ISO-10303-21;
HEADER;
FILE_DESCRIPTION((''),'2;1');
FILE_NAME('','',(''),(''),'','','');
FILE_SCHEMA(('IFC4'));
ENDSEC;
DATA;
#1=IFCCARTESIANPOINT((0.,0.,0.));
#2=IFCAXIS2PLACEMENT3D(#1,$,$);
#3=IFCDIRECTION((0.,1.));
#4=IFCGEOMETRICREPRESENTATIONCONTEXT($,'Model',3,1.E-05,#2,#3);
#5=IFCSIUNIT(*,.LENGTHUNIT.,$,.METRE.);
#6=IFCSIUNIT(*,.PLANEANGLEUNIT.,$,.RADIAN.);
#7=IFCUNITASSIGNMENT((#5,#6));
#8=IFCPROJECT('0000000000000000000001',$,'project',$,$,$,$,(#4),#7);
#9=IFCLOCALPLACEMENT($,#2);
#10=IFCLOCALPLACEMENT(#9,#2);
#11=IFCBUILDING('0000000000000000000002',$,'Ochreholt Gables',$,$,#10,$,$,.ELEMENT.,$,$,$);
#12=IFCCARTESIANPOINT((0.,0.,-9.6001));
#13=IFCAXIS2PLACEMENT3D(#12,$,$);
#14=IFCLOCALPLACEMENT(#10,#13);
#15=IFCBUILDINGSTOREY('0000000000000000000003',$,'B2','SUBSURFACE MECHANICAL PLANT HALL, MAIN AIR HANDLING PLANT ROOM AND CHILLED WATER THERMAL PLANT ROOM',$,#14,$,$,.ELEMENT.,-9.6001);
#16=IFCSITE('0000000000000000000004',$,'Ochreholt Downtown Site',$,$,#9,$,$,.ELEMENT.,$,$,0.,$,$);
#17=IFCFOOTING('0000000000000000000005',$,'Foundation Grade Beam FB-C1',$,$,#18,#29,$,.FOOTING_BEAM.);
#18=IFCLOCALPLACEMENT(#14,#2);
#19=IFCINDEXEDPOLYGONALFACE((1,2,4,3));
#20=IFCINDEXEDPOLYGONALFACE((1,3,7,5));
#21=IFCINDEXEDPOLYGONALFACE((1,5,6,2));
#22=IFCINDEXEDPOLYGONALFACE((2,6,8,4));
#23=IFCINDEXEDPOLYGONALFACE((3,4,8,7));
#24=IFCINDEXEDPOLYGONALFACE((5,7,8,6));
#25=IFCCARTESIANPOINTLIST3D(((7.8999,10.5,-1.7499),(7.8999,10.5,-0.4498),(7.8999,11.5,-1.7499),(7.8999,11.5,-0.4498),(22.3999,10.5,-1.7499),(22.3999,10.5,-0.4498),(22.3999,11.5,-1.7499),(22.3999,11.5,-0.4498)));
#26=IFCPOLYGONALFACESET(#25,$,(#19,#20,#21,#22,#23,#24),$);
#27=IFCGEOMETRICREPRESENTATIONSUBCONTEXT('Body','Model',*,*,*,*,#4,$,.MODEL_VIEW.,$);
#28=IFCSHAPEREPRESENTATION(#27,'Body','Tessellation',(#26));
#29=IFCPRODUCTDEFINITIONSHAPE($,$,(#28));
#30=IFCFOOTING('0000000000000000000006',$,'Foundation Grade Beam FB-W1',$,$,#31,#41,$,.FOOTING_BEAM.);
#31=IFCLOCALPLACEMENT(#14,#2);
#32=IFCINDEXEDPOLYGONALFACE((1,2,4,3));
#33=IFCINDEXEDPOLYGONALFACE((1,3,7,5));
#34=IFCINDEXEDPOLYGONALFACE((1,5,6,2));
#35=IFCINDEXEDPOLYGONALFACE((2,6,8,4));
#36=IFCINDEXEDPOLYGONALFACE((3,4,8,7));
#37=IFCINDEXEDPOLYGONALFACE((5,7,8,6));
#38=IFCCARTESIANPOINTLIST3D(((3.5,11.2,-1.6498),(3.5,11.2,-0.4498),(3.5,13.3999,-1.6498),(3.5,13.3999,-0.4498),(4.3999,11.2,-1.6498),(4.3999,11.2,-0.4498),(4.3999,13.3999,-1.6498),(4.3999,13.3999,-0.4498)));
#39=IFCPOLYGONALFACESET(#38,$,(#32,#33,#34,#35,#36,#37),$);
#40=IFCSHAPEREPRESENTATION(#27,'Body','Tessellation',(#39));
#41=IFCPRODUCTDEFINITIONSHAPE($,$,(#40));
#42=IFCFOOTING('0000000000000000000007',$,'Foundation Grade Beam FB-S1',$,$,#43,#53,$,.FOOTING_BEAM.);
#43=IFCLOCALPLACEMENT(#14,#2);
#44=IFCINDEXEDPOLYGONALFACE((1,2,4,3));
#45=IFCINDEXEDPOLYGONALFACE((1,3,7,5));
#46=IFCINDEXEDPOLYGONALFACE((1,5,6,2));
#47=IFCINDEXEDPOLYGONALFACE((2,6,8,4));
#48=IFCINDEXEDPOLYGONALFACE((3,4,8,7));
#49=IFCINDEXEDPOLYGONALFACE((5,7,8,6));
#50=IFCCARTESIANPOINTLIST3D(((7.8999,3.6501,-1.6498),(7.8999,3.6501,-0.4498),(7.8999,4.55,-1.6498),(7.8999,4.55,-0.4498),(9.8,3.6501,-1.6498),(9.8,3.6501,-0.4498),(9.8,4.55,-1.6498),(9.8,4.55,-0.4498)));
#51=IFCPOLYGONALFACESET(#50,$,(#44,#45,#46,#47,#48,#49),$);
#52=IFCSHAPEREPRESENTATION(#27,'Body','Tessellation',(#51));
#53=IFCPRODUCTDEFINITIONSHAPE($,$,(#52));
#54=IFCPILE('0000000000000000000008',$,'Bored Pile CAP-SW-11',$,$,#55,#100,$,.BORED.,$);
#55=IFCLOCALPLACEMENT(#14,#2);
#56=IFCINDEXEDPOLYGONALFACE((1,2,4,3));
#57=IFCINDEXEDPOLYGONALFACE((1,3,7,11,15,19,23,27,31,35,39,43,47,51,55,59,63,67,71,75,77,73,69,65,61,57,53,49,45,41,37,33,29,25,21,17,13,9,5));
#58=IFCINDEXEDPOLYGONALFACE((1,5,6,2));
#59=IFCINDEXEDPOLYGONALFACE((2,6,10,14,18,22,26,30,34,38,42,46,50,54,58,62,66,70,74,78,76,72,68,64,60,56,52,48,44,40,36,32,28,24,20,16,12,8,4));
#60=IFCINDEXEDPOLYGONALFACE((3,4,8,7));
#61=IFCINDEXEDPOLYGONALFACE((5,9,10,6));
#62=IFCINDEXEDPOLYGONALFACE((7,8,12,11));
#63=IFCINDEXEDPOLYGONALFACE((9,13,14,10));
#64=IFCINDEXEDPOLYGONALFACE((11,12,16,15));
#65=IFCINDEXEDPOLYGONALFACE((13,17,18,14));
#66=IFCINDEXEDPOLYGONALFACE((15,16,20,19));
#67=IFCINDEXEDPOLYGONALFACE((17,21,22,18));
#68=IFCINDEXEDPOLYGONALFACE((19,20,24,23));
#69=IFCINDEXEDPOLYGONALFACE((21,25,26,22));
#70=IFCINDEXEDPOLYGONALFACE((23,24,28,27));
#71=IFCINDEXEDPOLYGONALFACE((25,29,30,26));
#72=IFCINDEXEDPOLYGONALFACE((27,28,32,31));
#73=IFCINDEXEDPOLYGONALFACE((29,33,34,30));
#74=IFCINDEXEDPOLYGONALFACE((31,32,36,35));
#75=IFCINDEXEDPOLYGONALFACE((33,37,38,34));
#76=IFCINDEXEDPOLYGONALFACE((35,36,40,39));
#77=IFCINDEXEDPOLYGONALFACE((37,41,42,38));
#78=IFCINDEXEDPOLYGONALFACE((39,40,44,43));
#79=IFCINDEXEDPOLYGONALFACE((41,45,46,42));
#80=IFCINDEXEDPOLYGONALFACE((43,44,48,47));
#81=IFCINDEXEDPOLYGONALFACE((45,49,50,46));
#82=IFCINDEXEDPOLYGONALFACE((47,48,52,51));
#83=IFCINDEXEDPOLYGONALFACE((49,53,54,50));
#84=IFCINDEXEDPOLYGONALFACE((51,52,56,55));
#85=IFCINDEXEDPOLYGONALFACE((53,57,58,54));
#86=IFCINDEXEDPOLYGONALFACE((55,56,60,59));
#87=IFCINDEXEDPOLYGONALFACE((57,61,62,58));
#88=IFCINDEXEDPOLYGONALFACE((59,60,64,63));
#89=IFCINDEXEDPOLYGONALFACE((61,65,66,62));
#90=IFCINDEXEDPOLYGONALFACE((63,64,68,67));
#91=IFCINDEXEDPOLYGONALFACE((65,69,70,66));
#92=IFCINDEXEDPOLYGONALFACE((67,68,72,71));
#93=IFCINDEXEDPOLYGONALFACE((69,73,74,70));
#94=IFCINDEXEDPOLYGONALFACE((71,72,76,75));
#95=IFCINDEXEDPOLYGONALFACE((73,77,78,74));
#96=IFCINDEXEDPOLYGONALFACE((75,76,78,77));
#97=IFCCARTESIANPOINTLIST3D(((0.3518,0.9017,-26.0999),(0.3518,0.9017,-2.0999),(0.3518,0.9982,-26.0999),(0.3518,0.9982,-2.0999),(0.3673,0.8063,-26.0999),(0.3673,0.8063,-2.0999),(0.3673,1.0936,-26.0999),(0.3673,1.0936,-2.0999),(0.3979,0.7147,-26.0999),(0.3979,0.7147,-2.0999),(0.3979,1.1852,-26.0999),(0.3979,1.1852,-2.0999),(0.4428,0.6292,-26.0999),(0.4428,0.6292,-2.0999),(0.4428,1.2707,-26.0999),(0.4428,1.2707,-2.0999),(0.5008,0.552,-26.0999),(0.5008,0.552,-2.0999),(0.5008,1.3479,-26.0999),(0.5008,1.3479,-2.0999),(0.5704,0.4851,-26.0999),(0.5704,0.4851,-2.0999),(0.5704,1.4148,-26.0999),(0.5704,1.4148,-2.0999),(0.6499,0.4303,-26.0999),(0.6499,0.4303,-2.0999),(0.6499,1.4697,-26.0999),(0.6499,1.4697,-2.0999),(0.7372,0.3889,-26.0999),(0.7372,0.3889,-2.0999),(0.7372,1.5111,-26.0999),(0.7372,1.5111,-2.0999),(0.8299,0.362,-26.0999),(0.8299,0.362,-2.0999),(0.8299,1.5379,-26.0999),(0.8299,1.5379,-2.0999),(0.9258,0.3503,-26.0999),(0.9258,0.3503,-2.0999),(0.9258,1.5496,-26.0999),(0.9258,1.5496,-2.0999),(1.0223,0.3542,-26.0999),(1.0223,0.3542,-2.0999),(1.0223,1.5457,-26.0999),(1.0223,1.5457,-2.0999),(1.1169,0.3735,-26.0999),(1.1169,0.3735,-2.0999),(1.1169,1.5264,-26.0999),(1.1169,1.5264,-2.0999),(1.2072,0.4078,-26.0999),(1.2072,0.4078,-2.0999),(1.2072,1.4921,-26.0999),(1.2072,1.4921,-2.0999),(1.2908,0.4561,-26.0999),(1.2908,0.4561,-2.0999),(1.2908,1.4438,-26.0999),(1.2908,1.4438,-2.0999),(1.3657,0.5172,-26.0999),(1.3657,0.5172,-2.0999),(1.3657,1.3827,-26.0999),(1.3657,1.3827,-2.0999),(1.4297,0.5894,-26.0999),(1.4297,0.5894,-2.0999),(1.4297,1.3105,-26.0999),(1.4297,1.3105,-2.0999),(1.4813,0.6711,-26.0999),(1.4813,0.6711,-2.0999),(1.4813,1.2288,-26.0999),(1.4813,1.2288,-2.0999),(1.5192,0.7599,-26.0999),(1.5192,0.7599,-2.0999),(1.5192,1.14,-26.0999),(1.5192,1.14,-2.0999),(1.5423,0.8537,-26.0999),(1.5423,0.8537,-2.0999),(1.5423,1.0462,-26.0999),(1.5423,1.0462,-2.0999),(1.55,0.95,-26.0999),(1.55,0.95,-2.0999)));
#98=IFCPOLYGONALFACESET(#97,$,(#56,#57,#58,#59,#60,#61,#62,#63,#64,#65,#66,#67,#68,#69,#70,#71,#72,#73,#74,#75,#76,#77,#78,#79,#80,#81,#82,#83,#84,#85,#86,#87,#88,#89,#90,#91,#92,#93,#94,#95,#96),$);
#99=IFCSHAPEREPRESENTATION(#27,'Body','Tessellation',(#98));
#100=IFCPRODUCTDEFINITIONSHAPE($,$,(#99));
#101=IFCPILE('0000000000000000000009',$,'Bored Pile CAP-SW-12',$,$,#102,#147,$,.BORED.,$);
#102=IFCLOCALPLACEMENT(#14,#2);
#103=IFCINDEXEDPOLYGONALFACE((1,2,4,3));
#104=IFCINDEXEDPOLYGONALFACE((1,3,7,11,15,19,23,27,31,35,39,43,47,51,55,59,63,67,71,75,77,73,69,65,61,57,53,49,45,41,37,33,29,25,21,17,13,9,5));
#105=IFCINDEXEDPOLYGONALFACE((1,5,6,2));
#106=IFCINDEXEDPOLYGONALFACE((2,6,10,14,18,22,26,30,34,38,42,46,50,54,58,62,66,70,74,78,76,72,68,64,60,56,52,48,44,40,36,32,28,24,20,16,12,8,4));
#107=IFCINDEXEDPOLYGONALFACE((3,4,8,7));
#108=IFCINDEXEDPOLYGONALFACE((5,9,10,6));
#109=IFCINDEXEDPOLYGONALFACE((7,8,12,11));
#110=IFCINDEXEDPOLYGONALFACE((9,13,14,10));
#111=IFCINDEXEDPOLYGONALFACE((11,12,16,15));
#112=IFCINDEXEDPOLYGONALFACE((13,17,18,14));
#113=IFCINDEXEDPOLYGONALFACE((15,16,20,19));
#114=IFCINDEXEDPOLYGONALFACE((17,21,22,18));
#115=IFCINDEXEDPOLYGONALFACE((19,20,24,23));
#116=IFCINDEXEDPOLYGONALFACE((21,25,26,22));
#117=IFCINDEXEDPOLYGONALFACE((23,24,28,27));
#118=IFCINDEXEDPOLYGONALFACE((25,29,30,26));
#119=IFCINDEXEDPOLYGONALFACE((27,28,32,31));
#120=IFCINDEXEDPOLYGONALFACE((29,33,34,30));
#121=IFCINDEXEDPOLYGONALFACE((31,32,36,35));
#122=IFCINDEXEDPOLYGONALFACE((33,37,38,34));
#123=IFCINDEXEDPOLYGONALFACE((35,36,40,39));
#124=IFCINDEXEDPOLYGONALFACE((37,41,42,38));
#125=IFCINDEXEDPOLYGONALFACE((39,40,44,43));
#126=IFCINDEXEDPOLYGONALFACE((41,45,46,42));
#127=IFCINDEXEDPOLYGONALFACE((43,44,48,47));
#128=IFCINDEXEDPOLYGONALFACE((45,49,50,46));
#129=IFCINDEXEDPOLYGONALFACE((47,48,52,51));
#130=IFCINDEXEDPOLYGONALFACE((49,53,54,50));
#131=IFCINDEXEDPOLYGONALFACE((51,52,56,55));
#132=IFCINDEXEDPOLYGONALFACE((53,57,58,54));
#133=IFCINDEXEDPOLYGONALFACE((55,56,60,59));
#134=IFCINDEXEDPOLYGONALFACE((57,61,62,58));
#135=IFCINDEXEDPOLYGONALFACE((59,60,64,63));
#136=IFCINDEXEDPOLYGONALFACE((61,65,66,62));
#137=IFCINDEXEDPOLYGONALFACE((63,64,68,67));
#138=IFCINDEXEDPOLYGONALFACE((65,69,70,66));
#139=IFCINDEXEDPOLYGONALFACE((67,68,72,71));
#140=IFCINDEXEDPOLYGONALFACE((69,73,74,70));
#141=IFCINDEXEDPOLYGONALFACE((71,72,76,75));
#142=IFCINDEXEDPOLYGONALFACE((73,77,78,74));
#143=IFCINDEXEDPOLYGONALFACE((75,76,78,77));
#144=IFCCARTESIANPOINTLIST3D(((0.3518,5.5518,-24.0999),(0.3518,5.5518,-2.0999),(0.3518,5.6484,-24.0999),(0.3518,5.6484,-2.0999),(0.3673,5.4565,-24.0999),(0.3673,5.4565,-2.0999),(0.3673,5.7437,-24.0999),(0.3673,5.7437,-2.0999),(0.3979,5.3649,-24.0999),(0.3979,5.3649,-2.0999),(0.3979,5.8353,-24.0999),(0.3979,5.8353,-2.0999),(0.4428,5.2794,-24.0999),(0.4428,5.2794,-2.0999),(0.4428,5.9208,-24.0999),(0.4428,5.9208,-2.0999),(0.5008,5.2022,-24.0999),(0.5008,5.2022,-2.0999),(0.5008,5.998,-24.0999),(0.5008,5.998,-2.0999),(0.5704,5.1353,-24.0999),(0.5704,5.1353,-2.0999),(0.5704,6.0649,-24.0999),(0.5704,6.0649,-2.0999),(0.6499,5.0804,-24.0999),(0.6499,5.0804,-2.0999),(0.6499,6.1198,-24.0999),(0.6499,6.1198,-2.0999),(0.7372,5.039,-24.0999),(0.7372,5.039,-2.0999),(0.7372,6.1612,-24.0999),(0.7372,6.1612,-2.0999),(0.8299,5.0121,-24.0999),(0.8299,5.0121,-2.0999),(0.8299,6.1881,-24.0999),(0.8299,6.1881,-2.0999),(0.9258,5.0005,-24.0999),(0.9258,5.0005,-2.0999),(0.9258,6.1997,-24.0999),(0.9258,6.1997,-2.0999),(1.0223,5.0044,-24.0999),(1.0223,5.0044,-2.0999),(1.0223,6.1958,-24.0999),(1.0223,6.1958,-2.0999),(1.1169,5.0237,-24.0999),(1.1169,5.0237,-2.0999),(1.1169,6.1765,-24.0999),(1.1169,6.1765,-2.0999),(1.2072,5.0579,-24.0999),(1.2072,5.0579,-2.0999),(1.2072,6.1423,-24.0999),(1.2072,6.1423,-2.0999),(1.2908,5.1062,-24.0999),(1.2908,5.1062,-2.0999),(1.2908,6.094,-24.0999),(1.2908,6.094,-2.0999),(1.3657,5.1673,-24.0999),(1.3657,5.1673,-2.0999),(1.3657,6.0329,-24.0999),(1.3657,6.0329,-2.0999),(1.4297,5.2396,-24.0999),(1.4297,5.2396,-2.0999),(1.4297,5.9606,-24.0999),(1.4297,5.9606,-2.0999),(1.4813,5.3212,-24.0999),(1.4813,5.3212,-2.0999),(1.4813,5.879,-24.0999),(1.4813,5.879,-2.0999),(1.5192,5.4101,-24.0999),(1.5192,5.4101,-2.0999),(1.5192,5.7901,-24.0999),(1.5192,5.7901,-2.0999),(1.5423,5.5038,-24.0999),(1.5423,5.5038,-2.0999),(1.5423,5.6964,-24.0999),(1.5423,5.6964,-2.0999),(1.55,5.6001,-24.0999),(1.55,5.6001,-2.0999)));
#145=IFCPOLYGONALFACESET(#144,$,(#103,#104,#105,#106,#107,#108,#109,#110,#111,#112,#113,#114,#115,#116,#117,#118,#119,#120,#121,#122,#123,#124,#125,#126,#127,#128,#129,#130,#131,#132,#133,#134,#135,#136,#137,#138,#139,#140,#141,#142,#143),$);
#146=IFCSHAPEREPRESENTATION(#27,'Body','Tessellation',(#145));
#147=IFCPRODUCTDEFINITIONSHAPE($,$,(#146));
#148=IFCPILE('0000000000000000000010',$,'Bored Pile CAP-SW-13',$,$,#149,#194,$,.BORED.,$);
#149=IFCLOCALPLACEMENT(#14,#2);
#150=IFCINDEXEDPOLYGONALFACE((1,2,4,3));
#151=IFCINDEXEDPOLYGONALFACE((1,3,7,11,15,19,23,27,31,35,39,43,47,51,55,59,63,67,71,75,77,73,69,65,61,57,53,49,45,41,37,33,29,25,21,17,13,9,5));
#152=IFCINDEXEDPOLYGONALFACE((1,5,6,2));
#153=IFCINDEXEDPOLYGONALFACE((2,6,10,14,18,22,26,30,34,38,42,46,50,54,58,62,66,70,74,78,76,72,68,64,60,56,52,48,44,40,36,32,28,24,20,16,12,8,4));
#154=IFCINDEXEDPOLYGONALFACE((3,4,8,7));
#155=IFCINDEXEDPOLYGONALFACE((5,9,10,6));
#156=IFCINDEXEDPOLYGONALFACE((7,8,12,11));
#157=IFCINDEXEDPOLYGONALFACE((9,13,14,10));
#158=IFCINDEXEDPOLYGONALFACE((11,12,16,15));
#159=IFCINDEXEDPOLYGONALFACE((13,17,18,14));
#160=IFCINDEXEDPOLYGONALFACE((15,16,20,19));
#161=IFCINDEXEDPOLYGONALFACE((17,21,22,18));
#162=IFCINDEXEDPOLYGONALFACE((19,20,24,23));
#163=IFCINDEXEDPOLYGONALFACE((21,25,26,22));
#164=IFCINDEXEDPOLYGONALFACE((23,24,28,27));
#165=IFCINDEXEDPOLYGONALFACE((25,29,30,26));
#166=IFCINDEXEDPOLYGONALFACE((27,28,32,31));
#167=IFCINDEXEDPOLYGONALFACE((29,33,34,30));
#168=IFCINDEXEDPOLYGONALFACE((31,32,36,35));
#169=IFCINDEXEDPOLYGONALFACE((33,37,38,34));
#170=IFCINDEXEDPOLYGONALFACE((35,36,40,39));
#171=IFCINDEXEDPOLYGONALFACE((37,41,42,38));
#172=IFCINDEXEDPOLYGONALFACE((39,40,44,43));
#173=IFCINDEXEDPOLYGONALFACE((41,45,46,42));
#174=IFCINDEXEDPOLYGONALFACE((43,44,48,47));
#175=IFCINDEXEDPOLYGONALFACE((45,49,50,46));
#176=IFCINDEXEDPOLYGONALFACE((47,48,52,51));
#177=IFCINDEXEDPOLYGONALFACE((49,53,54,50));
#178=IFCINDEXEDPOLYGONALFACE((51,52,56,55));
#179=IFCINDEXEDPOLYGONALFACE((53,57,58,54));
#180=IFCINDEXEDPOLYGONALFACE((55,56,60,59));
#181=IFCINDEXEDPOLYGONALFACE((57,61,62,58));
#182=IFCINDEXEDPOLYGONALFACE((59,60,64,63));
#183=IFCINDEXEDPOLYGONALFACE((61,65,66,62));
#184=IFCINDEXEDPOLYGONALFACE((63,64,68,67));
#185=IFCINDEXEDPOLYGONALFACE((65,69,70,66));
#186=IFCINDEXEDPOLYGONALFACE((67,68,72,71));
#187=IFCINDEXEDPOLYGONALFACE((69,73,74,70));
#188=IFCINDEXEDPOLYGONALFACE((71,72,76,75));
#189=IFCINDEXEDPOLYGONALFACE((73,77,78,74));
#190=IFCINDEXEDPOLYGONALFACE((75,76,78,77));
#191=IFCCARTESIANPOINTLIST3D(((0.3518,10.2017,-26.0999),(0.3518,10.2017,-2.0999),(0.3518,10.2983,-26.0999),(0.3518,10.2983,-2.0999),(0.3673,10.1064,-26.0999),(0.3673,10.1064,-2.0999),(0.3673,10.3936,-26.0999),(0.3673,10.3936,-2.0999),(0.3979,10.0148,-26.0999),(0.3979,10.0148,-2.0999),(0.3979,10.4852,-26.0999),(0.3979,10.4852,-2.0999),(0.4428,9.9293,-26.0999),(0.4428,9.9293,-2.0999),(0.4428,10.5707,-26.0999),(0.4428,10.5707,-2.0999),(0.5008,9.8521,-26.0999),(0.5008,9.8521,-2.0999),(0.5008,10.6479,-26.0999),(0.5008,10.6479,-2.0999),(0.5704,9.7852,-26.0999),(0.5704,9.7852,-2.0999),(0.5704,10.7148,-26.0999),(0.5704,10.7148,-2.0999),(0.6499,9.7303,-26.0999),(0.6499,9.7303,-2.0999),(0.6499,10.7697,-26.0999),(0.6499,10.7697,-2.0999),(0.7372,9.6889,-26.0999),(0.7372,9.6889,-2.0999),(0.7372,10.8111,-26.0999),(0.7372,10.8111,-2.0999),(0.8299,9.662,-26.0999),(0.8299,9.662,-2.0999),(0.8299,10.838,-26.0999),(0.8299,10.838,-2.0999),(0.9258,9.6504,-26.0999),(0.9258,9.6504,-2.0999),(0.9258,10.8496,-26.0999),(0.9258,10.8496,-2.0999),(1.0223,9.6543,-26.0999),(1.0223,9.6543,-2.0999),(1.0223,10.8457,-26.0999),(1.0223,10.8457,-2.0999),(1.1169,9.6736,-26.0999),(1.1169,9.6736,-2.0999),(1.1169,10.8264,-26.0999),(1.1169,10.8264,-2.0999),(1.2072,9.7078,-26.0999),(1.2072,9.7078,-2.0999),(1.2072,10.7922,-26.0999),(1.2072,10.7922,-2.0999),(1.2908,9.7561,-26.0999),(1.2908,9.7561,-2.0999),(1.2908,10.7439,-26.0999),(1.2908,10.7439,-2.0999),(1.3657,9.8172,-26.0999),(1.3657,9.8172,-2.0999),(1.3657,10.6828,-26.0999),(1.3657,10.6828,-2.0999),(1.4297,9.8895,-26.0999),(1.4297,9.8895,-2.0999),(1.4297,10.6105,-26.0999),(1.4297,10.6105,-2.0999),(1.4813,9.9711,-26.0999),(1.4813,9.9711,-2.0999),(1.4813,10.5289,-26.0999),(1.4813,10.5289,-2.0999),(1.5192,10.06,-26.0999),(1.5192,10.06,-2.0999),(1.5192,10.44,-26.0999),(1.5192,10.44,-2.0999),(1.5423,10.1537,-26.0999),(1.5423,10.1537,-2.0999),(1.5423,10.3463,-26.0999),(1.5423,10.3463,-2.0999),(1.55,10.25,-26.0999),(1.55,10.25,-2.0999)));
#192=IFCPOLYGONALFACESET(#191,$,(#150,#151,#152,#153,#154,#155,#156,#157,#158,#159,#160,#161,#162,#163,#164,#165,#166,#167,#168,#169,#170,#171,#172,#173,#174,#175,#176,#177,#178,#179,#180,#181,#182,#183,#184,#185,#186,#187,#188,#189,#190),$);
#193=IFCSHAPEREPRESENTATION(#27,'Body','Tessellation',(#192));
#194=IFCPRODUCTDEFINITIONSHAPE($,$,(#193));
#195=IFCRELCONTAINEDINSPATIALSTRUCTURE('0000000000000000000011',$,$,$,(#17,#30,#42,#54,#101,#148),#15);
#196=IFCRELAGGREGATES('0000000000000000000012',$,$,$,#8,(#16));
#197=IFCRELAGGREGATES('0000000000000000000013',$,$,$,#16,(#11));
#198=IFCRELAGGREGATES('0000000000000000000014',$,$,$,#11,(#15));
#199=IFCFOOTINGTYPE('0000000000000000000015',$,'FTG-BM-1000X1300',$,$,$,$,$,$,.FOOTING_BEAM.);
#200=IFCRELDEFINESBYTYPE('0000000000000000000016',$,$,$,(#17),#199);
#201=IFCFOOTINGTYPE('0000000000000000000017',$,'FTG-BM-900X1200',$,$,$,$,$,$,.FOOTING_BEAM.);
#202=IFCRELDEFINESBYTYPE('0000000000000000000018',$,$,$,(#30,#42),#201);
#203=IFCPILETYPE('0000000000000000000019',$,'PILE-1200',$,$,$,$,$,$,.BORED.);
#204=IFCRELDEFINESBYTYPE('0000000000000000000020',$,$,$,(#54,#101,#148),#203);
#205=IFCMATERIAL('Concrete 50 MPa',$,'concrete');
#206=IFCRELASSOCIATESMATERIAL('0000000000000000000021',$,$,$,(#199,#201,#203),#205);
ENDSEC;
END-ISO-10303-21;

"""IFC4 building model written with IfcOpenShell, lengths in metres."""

from ifc_helpers import new_model, si_unit, direction, frame, origin, origin_2d, place, context, subcontext, project, spatial, rectangle, circle, extrude, material, material_profile, profile_set, type_object, element, save


model = new_model("IFC4")

# Units and contexts
model_context = context("Model", 3, precision=1e-05, world=origin(), true_north=direction((0.0, 1.0)))
body_context = subcontext(model_context, "Body", "Model", "MODEL_VIEW")
ifc_project = project(units=[si_unit("LENGTHUNIT", "METRE"), si_unit("PLANEANGLEUNIT", "RADIAN")], contexts=[model_context])

# Site, building, storey
site_placement = place(None, origin())
site = spatial("IfcSite", under=ifc_project, at=site_placement, Name="Ochreholt Downtown Site", CompositionType="ELEMENT", RefElevation=0.0)
building_placement = place(site_placement, origin())
building = spatial("IfcBuilding", under=site, at=building_placement, Name="Ochreholt Gables", CompositionType="ELEMENT")
storey_placement = place(building_placement, frame((0.0, 0.0, -9.6001)))
storey = spatial("IfcBuildingStorey", under=building, at=storey_placement, Name="B2", Description="SUBSURFACE MECHANICAL PLANT HALL, MAIN AIR HANDLING PLANT ROOM AND CHILLED WATER THERMAL PLANT ROOM", CompositionType="ELEMENT", Elevation=-9.6001)

# Footings
ifc_material_1 = material(Name="Concrete 50 MPa", Category="concrete")
ifc_material_profile_1 = material_profile(ifc_material_1, rectangle(XDim=1.0, YDim=1.3, at=origin_2d()), Name="FB1000X1300")
ifc_profile_set_1 = profile_set([ifc_material_profile_1], Name="Concrete 50 MPa")
footing_type_1 = type_object("IfcFootingType", Name="FTG-BM-1000X1300", PredefinedType="FOOTING_BEAM", material=ifc_profile_set_1)
footing_1_placement = place(storey_placement, frame((7.8999, 11.0, -1.0999), z_axis=(1.0, 0.0, 0.0), x_axis=(0.0, 1.0, 0.0)))
element("IfcFooting", 1, at=footing_1_placement, inside=storey, type_object=footing_type_1, Name="Foundation Grade Beam FB-C1", PredefinedType="FOOTING_BEAM", context=body_context, shape_type="SweptSolid", body=[
    extrude(rectangle(XDim=1.0, YDim=1.3, at=origin_2d()), origin(), (0.0, 0.0, 1.0), 14.5),
])
ifc_material_profile_2 = material_profile(ifc_material_1, rectangle(XDim=0.8999, YDim=1.2, at=origin_2d()), Name="FB900X1200")
ifc_profile_set_2 = profile_set([ifc_material_profile_2], Name="Concrete 50 MPa")
footing_type_2 = type_object("IfcFootingType", Name="FTG-BM-900X1200", PredefinedType="FOOTING_BEAM", material=ifc_profile_set_2)
footing_2_placement = place(storey_placement, frame((3.95, 11.2, -1.0498), z_axis=(0.0, 1.0, 0.0), x_axis=(-1.0, 0.0, 0.0)))
element("IfcFooting", 2, at=footing_2_placement, inside=storey, type_object=footing_type_2, Name="Foundation Grade Beam FB-W1", PredefinedType="FOOTING_BEAM", context=body_context, shape_type="SweptSolid", body=[
    extrude(rectangle(XDim=0.8999, YDim=1.2, at=origin_2d()), origin(), (0.0, 0.0, 1.0), 2.2),
])
footing_3_placement = place(storey_placement, frame((7.8999, 4.1001, -1.0498), z_axis=(1.0, 0.0, 0.0), x_axis=(0.0, 1.0, 0.0)))
element("IfcFooting", 3, at=footing_3_placement, inside=storey, type_object=footing_type_2, Name="Foundation Grade Beam FB-S1", PredefinedType="FOOTING_BEAM", context=body_context, shape_type="SweptSolid", body=[
    extrude(rectangle(XDim=0.8999, YDim=1.2, at=origin_2d()), origin(), (0.0, 0.0, 1.0), 1.9001),
])

# Piles
ifc_material_profile_3 = material_profile(ifc_material_1, circle(Radius=0.6001, at=origin_2d()), Name="PILE1200")
ifc_profile_set_3 = profile_set([ifc_material_profile_3], Name="Concrete 50 MPa")
pile_type = type_object("IfcPileType", Name="PILE-1200", PredefinedType="BORED", material=ifc_profile_set_3)
pile_1_placement = place(storey_placement, frame((0.95, 0.95, -2.0999), z_axis=(0.0, 0.0, -1.0), x_axis=(1.0, 0.0, 0.0)))
element("IfcPile", 4, at=pile_1_placement, inside=storey, type_object=pile_type, Name="Bored Pile CAP-SW-11", PredefinedType="BORED", context=body_context, shape_type="SweptSolid", body=[
    extrude(circle(Radius=0.6001, at=origin_2d()), origin(), (0.0, 0.0, 1.0), 24.0),
])
pile_2_placement = place(storey_placement, frame((0.95, 5.6001, -2.0999), z_axis=(0.0, 0.0, -1.0), x_axis=(1.0, 0.0, 0.0)))
element("IfcPile", 5, at=pile_2_placement, inside=storey, type_object=pile_type, Name="Bored Pile CAP-SW-12", PredefinedType="BORED", context=body_context, shape_type="SweptSolid", body=[
    extrude(circle(Radius=0.6001, at=origin_2d()), origin(), (0.0, 0.0, 1.0), 22.0),
])
pile_3_placement = place(storey_placement, frame((0.95, 10.25, -2.0999), z_axis=(0.0, 0.0, -1.0), x_axis=(1.0, 0.0, 0.0)))
element("IfcPile", 6, at=pile_3_placement, inside=storey, type_object=pile_type, Name="Bored Pile CAP-SW-13", PredefinedType="BORED", context=body_context, shape_type="SweptSolid", body=[
    extrude(circle(Radius=0.6001, at=origin_2d()), origin(), (0.0, 0.0, 1.0), 24.0),
])

save(model, "model.ifc")
